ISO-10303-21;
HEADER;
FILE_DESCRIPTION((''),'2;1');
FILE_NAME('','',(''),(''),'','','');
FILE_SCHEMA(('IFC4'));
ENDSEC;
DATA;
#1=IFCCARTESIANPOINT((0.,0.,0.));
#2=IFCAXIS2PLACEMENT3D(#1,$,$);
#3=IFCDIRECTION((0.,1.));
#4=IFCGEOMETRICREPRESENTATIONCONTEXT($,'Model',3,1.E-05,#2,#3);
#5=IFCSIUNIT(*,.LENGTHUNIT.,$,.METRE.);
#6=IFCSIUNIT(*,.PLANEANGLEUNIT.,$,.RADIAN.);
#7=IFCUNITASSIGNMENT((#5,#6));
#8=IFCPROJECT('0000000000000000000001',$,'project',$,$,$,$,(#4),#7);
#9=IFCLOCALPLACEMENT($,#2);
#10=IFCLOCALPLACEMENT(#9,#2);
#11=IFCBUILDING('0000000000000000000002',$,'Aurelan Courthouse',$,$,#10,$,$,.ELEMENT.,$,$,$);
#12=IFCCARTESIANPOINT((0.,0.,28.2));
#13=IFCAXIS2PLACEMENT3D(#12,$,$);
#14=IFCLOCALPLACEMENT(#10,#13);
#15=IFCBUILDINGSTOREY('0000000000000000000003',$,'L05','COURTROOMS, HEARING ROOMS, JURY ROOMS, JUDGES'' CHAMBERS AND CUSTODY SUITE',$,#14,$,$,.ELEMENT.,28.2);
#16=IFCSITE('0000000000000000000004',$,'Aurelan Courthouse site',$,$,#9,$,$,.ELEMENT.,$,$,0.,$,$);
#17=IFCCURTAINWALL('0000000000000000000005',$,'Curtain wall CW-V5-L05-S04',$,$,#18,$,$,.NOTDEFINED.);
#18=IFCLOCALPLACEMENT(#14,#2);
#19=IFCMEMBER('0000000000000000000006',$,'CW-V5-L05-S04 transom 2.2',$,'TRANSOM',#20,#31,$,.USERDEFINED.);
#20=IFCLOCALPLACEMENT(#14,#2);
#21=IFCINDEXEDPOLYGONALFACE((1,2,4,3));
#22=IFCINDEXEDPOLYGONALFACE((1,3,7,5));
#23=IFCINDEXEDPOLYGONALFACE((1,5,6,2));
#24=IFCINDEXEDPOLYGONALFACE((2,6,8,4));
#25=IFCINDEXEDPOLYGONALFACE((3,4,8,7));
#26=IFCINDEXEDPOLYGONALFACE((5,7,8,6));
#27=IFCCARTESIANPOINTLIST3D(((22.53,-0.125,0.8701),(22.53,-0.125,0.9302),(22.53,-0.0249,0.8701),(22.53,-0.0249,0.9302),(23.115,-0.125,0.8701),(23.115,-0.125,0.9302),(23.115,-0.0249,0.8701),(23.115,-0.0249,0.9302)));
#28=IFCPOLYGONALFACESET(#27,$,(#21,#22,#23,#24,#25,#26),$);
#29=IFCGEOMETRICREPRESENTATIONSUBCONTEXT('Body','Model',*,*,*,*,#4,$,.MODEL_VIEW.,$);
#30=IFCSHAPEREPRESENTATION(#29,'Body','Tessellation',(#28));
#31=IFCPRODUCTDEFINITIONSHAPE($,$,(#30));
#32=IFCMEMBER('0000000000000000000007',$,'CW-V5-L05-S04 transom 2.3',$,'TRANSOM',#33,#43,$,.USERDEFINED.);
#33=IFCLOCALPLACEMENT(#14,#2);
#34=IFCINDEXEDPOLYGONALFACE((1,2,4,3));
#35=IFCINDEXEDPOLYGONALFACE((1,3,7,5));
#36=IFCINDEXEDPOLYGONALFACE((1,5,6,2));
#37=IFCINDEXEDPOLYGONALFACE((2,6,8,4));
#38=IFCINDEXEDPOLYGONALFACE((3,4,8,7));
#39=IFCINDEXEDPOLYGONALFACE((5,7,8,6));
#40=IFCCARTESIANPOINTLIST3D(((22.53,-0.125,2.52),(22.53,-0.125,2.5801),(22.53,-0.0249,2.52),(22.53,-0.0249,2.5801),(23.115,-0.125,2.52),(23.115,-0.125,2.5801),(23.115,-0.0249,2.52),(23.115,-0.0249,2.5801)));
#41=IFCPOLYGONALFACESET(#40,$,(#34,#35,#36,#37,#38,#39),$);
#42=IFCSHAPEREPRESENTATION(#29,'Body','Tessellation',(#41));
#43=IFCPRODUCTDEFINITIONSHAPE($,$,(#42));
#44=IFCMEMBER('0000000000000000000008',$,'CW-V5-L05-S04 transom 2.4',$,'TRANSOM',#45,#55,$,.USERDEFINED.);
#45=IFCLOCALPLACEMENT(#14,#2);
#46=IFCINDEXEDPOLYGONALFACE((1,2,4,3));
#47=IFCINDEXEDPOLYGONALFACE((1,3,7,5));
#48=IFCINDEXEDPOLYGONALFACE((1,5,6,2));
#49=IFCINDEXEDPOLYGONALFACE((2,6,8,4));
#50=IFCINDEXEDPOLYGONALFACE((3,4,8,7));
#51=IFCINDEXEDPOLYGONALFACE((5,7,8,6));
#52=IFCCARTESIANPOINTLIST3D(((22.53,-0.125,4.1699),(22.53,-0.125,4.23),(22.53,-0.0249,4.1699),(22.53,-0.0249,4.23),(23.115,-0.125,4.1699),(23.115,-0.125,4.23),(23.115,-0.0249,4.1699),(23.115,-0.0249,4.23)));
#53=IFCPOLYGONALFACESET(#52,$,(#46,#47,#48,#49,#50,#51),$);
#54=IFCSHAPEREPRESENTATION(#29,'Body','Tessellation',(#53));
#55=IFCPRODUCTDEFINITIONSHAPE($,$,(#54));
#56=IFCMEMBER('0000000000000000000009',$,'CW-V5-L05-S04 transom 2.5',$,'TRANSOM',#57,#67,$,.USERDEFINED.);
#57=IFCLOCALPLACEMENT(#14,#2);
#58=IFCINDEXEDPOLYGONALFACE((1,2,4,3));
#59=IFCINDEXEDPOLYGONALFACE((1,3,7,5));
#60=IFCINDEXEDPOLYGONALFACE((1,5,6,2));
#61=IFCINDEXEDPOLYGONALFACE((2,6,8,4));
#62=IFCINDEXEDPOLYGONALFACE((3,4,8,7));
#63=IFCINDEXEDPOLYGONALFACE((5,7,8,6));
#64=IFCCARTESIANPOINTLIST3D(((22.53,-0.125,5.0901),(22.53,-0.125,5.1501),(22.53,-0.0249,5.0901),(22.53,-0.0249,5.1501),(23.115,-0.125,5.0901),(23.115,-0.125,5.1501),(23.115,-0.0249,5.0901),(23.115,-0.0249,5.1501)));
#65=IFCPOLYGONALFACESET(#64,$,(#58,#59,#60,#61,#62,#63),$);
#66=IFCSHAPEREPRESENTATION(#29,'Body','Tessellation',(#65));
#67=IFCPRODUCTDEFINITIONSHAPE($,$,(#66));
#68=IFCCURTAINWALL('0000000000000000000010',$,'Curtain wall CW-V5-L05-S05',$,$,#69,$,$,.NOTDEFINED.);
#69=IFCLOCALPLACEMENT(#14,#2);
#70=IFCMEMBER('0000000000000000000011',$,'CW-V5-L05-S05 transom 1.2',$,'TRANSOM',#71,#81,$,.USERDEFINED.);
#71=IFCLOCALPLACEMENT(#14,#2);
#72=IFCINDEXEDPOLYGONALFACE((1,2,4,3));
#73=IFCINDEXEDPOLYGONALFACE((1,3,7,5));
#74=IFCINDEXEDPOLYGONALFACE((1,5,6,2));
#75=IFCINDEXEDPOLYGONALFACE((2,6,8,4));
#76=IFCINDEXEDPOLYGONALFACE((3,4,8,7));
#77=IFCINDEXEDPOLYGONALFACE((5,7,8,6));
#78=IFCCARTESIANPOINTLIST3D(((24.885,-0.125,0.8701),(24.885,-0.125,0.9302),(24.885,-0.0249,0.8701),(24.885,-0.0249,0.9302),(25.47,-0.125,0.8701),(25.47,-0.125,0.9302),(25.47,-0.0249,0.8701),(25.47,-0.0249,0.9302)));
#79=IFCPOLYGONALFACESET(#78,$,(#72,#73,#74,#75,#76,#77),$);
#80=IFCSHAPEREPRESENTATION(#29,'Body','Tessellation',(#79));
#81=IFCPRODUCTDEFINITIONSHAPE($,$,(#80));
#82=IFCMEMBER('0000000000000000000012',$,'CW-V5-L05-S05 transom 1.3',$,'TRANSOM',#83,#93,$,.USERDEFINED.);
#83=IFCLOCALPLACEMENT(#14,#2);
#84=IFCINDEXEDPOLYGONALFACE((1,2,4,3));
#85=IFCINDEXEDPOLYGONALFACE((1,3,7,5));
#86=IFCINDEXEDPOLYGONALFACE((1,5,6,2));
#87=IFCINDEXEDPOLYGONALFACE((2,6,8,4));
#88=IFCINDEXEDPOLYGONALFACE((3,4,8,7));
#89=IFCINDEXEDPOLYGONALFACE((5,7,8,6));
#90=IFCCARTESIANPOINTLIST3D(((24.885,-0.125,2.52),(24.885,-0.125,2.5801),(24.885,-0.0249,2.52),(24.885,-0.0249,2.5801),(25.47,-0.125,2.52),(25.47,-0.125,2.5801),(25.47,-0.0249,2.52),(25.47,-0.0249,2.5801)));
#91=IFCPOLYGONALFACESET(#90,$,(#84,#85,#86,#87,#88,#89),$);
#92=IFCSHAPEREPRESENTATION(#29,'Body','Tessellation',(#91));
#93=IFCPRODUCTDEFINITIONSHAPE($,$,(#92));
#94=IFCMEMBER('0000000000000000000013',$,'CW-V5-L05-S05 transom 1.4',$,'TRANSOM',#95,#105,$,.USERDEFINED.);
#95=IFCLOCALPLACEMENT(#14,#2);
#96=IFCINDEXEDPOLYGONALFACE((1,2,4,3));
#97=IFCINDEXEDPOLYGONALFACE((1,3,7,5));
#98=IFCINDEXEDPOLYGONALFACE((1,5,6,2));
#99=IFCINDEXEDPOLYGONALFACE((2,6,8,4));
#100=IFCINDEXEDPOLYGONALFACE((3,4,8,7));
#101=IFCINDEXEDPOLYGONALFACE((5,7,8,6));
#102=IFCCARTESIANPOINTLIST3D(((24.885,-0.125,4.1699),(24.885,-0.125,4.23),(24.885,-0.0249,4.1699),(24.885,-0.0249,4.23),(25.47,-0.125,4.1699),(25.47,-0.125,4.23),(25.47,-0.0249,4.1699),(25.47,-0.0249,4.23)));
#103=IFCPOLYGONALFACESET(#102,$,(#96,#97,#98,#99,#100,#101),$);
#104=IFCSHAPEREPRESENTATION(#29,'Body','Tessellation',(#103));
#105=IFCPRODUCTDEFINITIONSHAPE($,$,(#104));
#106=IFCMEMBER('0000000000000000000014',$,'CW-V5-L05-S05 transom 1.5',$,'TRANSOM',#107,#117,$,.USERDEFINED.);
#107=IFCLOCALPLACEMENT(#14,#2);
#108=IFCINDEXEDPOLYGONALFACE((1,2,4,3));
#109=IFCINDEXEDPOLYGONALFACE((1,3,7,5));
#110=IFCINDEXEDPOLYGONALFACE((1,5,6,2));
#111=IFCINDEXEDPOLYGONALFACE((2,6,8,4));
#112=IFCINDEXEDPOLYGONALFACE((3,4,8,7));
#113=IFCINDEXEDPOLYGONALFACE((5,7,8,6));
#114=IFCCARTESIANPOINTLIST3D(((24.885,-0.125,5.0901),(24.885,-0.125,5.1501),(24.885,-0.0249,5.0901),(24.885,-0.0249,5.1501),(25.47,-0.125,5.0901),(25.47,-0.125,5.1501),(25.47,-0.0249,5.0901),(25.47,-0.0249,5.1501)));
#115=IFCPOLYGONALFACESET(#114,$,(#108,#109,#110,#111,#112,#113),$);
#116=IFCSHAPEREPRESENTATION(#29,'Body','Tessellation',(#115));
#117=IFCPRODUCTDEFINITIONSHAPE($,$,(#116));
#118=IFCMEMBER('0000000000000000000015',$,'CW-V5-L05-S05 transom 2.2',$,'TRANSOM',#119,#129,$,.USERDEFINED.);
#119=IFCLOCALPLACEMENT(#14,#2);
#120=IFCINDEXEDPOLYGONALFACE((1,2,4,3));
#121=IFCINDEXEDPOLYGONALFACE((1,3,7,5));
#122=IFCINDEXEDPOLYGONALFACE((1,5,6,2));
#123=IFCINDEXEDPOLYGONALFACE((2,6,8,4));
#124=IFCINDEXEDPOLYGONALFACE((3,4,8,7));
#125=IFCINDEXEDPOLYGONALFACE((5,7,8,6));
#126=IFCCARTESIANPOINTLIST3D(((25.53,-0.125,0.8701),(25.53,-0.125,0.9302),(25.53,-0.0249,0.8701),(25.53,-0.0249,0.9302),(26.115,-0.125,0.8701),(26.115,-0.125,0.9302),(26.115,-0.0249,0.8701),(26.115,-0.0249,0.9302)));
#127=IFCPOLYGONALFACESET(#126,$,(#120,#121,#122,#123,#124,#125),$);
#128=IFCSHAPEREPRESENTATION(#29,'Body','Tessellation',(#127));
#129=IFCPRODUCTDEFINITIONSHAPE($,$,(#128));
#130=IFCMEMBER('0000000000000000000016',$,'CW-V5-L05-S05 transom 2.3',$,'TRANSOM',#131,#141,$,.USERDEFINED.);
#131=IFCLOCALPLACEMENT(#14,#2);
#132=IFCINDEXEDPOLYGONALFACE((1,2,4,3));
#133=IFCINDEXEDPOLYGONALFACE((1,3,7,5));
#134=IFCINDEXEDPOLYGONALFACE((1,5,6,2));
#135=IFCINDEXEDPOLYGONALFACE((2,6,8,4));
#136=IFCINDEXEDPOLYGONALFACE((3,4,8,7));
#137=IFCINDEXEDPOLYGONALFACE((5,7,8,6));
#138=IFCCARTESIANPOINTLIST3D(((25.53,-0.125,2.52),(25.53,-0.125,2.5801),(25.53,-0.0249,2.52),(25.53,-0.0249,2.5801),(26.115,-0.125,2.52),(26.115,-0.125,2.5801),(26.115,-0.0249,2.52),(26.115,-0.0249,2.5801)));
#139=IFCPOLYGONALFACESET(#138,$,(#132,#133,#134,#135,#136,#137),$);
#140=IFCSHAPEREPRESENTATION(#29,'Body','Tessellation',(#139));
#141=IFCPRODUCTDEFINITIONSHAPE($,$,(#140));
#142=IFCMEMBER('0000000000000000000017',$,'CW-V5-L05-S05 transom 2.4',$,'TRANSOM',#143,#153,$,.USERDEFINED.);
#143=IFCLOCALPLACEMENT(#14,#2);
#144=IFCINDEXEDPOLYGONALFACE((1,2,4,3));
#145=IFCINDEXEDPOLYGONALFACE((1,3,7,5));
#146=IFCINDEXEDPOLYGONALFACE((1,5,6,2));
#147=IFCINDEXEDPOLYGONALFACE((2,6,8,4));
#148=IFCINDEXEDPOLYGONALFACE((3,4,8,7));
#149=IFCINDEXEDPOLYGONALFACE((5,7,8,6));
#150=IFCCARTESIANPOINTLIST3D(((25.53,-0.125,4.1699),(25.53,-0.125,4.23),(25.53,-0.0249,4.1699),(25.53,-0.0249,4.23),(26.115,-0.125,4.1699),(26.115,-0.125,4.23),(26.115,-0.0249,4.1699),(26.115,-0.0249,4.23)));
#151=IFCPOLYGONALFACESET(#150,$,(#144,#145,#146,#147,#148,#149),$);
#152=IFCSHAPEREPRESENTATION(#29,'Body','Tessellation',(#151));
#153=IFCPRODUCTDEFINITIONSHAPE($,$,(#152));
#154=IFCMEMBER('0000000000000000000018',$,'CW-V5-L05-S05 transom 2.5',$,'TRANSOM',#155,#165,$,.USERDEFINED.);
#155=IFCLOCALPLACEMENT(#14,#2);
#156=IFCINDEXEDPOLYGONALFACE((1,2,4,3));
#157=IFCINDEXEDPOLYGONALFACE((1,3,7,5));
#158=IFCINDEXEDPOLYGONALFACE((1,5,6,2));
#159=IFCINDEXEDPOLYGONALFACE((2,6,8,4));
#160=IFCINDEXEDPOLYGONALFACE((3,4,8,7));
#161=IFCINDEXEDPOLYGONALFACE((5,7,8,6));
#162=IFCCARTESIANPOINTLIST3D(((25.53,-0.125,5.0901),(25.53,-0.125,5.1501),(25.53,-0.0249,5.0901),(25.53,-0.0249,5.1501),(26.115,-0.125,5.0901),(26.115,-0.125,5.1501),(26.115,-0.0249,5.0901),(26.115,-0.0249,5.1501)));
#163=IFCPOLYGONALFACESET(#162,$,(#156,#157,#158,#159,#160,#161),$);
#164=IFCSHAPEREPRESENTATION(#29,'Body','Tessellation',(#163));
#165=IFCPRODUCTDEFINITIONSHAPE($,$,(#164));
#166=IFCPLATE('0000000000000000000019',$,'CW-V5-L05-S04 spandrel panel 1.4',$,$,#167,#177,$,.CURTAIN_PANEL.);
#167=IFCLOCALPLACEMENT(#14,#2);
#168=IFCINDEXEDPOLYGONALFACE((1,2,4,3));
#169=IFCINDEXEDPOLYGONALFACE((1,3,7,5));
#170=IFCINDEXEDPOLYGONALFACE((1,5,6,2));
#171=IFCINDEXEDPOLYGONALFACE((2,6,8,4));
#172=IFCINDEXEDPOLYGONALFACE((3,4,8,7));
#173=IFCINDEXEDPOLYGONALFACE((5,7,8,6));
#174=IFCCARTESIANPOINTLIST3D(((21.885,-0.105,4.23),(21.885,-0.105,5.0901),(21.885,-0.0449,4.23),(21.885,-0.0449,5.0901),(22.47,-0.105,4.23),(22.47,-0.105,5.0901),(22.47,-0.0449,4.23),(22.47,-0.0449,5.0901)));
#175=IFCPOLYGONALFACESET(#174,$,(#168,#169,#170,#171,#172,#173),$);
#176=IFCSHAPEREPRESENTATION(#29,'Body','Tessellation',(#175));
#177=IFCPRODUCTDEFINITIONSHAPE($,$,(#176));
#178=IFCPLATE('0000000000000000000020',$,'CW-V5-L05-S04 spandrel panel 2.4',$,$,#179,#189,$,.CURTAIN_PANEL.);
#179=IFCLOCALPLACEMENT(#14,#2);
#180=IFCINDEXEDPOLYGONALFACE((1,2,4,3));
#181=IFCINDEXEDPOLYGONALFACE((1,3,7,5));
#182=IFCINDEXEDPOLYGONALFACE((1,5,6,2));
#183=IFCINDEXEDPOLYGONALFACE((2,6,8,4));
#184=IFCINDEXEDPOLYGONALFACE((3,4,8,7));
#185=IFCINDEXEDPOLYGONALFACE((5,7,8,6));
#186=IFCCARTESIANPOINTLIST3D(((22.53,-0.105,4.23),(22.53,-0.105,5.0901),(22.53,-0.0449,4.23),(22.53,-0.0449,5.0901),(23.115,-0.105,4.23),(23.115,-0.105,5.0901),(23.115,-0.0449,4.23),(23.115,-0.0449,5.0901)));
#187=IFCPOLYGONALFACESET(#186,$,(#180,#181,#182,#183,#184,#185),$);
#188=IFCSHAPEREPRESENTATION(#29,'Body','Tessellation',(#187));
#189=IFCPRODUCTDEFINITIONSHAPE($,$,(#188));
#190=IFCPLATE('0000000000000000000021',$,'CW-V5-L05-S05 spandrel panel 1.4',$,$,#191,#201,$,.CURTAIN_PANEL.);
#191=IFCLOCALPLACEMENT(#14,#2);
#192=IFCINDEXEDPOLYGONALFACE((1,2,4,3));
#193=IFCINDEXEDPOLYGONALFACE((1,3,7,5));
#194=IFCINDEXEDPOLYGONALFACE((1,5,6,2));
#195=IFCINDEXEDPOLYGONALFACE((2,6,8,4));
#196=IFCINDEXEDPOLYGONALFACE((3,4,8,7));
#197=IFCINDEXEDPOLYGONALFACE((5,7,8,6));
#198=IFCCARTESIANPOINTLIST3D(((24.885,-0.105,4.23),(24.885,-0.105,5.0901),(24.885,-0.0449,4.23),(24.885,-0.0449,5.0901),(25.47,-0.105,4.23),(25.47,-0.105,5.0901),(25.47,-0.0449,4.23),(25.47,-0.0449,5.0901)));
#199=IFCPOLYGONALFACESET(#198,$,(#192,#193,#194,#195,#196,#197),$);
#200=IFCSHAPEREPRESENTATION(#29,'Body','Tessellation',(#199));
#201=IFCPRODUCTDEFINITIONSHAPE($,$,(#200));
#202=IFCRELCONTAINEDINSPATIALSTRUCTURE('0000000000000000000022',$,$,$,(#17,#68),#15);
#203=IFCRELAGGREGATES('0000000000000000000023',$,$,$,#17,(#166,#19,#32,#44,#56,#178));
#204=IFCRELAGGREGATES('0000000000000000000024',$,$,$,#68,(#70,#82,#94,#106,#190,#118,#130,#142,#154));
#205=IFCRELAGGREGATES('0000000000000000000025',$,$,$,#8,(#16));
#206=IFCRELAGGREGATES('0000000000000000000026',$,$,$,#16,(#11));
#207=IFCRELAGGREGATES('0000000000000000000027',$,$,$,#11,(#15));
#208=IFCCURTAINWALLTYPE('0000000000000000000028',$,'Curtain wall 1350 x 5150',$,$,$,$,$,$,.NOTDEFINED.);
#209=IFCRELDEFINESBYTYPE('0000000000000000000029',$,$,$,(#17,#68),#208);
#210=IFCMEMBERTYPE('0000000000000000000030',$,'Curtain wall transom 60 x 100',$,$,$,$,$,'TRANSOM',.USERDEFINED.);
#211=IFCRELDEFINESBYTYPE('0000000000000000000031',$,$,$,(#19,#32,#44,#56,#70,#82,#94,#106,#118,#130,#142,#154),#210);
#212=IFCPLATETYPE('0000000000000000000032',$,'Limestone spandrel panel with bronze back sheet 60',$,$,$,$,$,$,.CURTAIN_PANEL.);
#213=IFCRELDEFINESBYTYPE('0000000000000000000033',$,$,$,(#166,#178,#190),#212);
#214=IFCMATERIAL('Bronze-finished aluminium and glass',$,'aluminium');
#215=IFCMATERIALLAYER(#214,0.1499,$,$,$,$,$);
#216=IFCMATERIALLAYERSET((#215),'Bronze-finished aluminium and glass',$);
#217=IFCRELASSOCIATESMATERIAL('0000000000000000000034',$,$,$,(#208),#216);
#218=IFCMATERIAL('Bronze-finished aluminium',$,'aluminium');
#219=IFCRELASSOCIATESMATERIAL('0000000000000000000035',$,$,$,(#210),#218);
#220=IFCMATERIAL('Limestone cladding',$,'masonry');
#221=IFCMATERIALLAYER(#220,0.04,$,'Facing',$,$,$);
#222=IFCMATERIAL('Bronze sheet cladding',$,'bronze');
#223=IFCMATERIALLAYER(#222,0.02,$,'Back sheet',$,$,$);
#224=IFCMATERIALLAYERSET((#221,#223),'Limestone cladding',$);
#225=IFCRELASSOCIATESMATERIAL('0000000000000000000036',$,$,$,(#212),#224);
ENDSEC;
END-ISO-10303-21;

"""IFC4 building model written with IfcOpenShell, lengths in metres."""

from ifc_helpers import new_model, si_unit, direction, frame, origin, origin_2d, place, context, subcontext, project, spatial, rectangle, extrude, material, layer, layer_set, material_profile, profile_set, type_object, element, aggregate, save


model = new_model("IFC4")

# Units and contexts
model_context = context("Model", 3, precision=1e-05, world=origin(), true_north=direction((0.0, 1.0)))
body_context = subcontext(model_context, "Body", "Model", "MODEL_VIEW")
ifc_project = project(units=[si_unit("LENGTHUNIT", "METRE"), si_unit("PLANEANGLEUNIT", "RADIAN")], contexts=[model_context])

# Site, building, storey
site_placement = place(None, origin())
site = spatial("IfcSite", under=ifc_project, at=site_placement, Name="Aurelan Courthouse site", CompositionType="ELEMENT", RefElevation=0.0)
building_placement = place(site_placement, origin())
building = spatial("IfcBuilding", under=site, at=building_placement, Name="Aurelan Courthouse", CompositionType="ELEMENT")
storey_placement = place(building_placement, frame((0.0, 0.0, 28.2)))
storey = spatial("IfcBuildingStorey", under=building, at=storey_placement, Name="L05", Description="COURTROOMS, HEARING ROOMS, JURY ROOMS, JUDGES' CHAMBERS AND CUSTODY SUITE", CompositionType="ELEMENT", Elevation=28.2)

# Curtain walls, members
ifc_material_1 = material(Name="Bronze-finished aluminium and glass", Category="aluminium")
ifc_layer_1 = layer(ifc_material_1, 0.1499)
ifc_layer_set_1 = layer_set([ifc_layer_1], Name="Bronze-finished aluminium and glass")
curtain_wall_type = type_object("IfcCurtainWallType", Name="Curtain wall 1350 x 5150", PredefinedType="NOTDEFINED", material=ifc_layer_set_1)
curtain_wall_1_placement = place(storey_placement, origin())
curtain_wall_1 = element("IfcCurtainWall", 1, at=curtain_wall_1_placement, inside=storey, type_object=curtain_wall_type, Name="Curtain wall CW-V5-L05-S04", PredefinedType="NOTDEFINED")
ifc_material_2 = material(Name="Bronze-finished aluminium", Category="aluminium")
ifc_material_profile = material_profile(ifc_material_2, rectangle(XDim=0.1001, YDim=0.0601, at=origin_2d()), Name="Bronze transom 60 x 100")
ifc_profile_set = profile_set([ifc_material_profile], Name="Bronze-finished aluminium")
member_type = type_object("IfcMemberType", Name="Curtain wall transom 60 x 100", ElementType="TRANSOM", PredefinedType="USERDEFINED", material=ifc_profile_set)
member_1_placement = place(storey_placement, frame((22.53, -0.075, 0.9001), z_axis=(1.0, 0.0, 0.0), x_axis=(0.0, 1.0, 0.0)))
member_1 = element("IfcMember", 2, at=member_1_placement, type_object=member_type, Name="CW-V5-L05-S04 transom 2.2", ObjectType="TRANSOM", PredefinedType="USERDEFINED", context=body_context, shape_type="SweptSolid", body=[
    extrude(rectangle(XDim=0.1001, YDim=0.0601, at=origin_2d()), origin(), (0.0, 0.0, 1.0), 0.585),
])
member_2_placement = place(storey_placement, frame((22.53, -0.075, 2.55), z_axis=(1.0, 0.0, 0.0), x_axis=(0.0, 1.0, 0.0)))
member_2 = element("IfcMember", 3, at=member_2_placement, type_object=member_type, Name="CW-V5-L05-S04 transom 2.3", ObjectType="TRANSOM", PredefinedType="USERDEFINED", context=body_context, shape_type="SweptSolid", body=[
    extrude(rectangle(XDim=0.1001, YDim=0.0601, at=origin_2d()), origin(), (0.0, 0.0, 1.0), 0.585),
])
member_3_placement = place(storey_placement, frame((22.53, -0.075, 4.2), z_axis=(1.0, 0.0, 0.0), x_axis=(0.0, 1.0, 0.0)))
member_3 = element("IfcMember", 4, at=member_3_placement, type_object=member_type, Name="CW-V5-L05-S04 transom 2.4", ObjectType="TRANSOM", PredefinedType="USERDEFINED", context=body_context, shape_type="SweptSolid", body=[
    extrude(rectangle(XDim=0.1001, YDim=0.0601, at=origin_2d()), origin(), (0.0, 0.0, 1.0), 0.585),
])
member_4_placement = place(storey_placement, frame((22.53, -0.075, 5.1201), z_axis=(1.0, 0.0, 0.0), x_axis=(0.0, 1.0, 0.0)))
member_4 = element("IfcMember", 5, at=member_4_placement, type_object=member_type, Name="CW-V5-L05-S04 transom 2.5", ObjectType="TRANSOM", PredefinedType="USERDEFINED", context=body_context, shape_type="SweptSolid", body=[
    extrude(rectangle(XDim=0.1001, YDim=0.0601, at=origin_2d()), origin(), (0.0, 0.0, 1.0), 0.585),
])
curtain_wall_2_placement = place(storey_placement, origin())
curtain_wall_2 = element("IfcCurtainWall", 6, at=curtain_wall_2_placement, inside=storey, type_object=curtain_wall_type, Name="Curtain wall CW-V5-L05-S05", PredefinedType="NOTDEFINED")
member_5_placement = place(storey_placement, frame((24.885, -0.075, 0.9001), z_axis=(1.0, 0.0, 0.0), x_axis=(0.0, 1.0, 0.0)))
member_5 = element("IfcMember", 7, at=member_5_placement, type_object=member_type, Name="CW-V5-L05-S05 transom 1.2", ObjectType="TRANSOM", PredefinedType="USERDEFINED", context=body_context, shape_type="SweptSolid", body=[
    extrude(rectangle(XDim=0.1001, YDim=0.0601, at=origin_2d()), origin(), (0.0, 0.0, 1.0), 0.585),
])
member_6_placement = place(storey_placement, frame((24.885, -0.075, 2.55), z_axis=(1.0, 0.0, 0.0), x_axis=(0.0, 1.0, 0.0)))
member_6 = element("IfcMember", 8, at=member_6_placement, type_object=member_type, Name="CW-V5-L05-S05 transom 1.3", ObjectType="TRANSOM", PredefinedType="USERDEFINED", context=body_context, shape_type="SweptSolid", body=[
    extrude(rectangle(XDim=0.1001, YDim=0.0601, at=origin_2d()), origin(), (0.0, 0.0, 1.0), 0.585),
])
member_7_placement = place(storey_placement, frame((24.885, -0.075, 4.2), z_axis=(1.0, 0.0, 0.0), x_axis=(0.0, 1.0, 0.0)))
member_7 = element("IfcMember", 9, at=member_7_placement, type_object=member_type, Name="CW-V5-L05-S05 transom 1.4", ObjectType="TRANSOM", PredefinedType="USERDEFINED", context=body_context, shape_type="SweptSolid", body=[
    extrude(rectangle(XDim=0.1001, YDim=0.0601, at=origin_2d()), origin(), (0.0, 0.0, 1.0), 0.585),
])
member_8_placement = place(storey_placement, frame((24.885, -0.075, 5.1201), z_axis=(1.0, 0.0, 0.0), x_axis=(0.0, 1.0, 0.0)))
member_8 = element("IfcMember", 10, at=member_8_placement, type_object=member_type, Name="CW-V5-L05-S05 transom 1.5", ObjectType="TRANSOM", PredefinedType="USERDEFINED", context=body_context, shape_type="SweptSolid", body=[
    extrude(rectangle(XDim=0.1001, YDim=0.0601, at=origin_2d()), origin(), (0.0, 0.0, 1.0), 0.585),
])
member_9_placement = place(storey_placement, frame((25.53, -0.075, 0.9001), z_axis=(1.0, 0.0, 0.0), x_axis=(0.0, 1.0, 0.0)))
member_9 = element("IfcMember", 11, at=member_9_placement, type_object=member_type, Name="CW-V5-L05-S05 transom 2.2", ObjectType="TRANSOM", PredefinedType="USERDEFINED", context=body_context, shape_type="SweptSolid", body=[
    extrude(rectangle(XDim=0.1001, YDim=0.0601, at=origin_2d()), origin(), (0.0, 0.0, 1.0), 0.585),
])
member_10_placement = place(storey_placement, frame((25.53, -0.075, 2.55), z_axis=(1.0, 0.0, 0.0), x_axis=(0.0, 1.0, 0.0)))
member_10 = element("IfcMember", 12, at=member_10_placement, type_object=member_type, Name="CW-V5-L05-S05 transom 2.3", ObjectType="TRANSOM", PredefinedType="USERDEFINED", context=body_context, shape_type="SweptSolid", body=[
    extrude(rectangle(XDim=0.1001, YDim=0.0601, at=origin_2d()), origin(), (0.0, 0.0, 1.0), 0.585),
])
member_11_placement = place(storey_placement, frame((25.53, -0.075, 4.2), z_axis=(1.0, 0.0, 0.0), x_axis=(0.0, 1.0, 0.0)))
member_11 = element("IfcMember", 13, at=member_11_placement, type_object=member_type, Name="CW-V5-L05-S05 transom 2.4", ObjectType="TRANSOM", PredefinedType="USERDEFINED", context=body_context, shape_type="SweptSolid", body=[
    extrude(rectangle(XDim=0.1001, YDim=0.0601, at=origin_2d()), origin(), (0.0, 0.0, 1.0), 0.585),
])
member_12_placement = place(storey_placement, frame((25.53, -0.075, 5.1201), z_axis=(1.0, 0.0, 0.0), x_axis=(0.0, 1.0, 0.0)))
member_12 = element("IfcMember", 14, at=member_12_placement, type_object=member_type, Name="CW-V5-L05-S05 transom 2.5", ObjectType="TRANSOM", PredefinedType="USERDEFINED", context=body_context, shape_type="SweptSolid", body=[
    extrude(rectangle(XDim=0.1001, YDim=0.0601, at=origin_2d()), origin(), (0.0, 0.0, 1.0), 0.585),
])

# Plates
ifc_material_3 = material(Name="Limestone cladding", Category="masonry")
ifc_layer_2 = layer(ifc_material_3, 0.04, Name="Facing")
ifc_material_4 = material(Name="Bronze sheet cladding", Category="bronze")
ifc_layer_3 = layer(ifc_material_4, 0.02, Name="Back sheet")
ifc_layer_set_2 = layer_set([ifc_layer_2, ifc_layer_3], Name="Limestone cladding")
plate_type_1 = type_object("IfcPlateType", Name="Limestone spandrel panel with bronze back sheet 60", PredefinedType="CURTAIN_PANEL", material=ifc_layer_set_2)
plate_1_placement = place(storey_placement, frame((22.1775, -0.075, 4.23), z_axis=(0.0, 0.0, 1.0), x_axis=(1.0, 0.0, 0.0)))
plate_1 = element("IfcPlate", 15, at=plate_1_placement, type_object=plate_type_1, Name="CW-V5-L05-S04 spandrel panel 1.4", PredefinedType="CURTAIN_PANEL", context=body_context, shape_type="SweptSolid", body=[
    extrude(rectangle(XDim=0.585, YDim=0.0601, at=origin_2d()), origin(), (0.0, 0.0, 1.0), 0.8601),
])
plate_2_placement = place(storey_placement, frame((22.8225, -0.075, 4.23), z_axis=(0.0, 0.0, 1.0), x_axis=(1.0, 0.0, 0.0)))
plate_2 = element("IfcPlate", 16, at=plate_2_placement, type_object=plate_type_1, Name="CW-V5-L05-S04 spandrel panel 2.4", PredefinedType="CURTAIN_PANEL", context=body_context, shape_type="SweptSolid", body=[
    extrude(rectangle(XDim=0.585, YDim=0.0601, at=origin_2d()), origin(), (0.0, 0.0, 1.0), 0.8601),
])
plate_3_placement = place(storey_placement, frame((25.1775, -0.075, 4.23), z_axis=(0.0, 0.0, 1.0), x_axis=(1.0, 0.0, 0.0)))
plate_3 = element("IfcPlate", 17, at=plate_3_placement, type_object=plate_type_1, Name="CW-V5-L05-S05 spandrel panel 1.4", PredefinedType="CURTAIN_PANEL", context=body_context, shape_type="SweptSolid", body=[
    extrude(rectangle(XDim=0.585, YDim=0.0601, at=origin_2d()), origin(), (0.0, 0.0, 1.0), 0.8601),
])
aggregate(curtain_wall_1, [plate_1, member_1, member_2, member_3, member_4, plate_2])
aggregate(curtain_wall_2, [member_5, member_6, member_7, member_8, plate_3, member_9, member_10, member_11, member_12])

save(model, "model.ifc")
